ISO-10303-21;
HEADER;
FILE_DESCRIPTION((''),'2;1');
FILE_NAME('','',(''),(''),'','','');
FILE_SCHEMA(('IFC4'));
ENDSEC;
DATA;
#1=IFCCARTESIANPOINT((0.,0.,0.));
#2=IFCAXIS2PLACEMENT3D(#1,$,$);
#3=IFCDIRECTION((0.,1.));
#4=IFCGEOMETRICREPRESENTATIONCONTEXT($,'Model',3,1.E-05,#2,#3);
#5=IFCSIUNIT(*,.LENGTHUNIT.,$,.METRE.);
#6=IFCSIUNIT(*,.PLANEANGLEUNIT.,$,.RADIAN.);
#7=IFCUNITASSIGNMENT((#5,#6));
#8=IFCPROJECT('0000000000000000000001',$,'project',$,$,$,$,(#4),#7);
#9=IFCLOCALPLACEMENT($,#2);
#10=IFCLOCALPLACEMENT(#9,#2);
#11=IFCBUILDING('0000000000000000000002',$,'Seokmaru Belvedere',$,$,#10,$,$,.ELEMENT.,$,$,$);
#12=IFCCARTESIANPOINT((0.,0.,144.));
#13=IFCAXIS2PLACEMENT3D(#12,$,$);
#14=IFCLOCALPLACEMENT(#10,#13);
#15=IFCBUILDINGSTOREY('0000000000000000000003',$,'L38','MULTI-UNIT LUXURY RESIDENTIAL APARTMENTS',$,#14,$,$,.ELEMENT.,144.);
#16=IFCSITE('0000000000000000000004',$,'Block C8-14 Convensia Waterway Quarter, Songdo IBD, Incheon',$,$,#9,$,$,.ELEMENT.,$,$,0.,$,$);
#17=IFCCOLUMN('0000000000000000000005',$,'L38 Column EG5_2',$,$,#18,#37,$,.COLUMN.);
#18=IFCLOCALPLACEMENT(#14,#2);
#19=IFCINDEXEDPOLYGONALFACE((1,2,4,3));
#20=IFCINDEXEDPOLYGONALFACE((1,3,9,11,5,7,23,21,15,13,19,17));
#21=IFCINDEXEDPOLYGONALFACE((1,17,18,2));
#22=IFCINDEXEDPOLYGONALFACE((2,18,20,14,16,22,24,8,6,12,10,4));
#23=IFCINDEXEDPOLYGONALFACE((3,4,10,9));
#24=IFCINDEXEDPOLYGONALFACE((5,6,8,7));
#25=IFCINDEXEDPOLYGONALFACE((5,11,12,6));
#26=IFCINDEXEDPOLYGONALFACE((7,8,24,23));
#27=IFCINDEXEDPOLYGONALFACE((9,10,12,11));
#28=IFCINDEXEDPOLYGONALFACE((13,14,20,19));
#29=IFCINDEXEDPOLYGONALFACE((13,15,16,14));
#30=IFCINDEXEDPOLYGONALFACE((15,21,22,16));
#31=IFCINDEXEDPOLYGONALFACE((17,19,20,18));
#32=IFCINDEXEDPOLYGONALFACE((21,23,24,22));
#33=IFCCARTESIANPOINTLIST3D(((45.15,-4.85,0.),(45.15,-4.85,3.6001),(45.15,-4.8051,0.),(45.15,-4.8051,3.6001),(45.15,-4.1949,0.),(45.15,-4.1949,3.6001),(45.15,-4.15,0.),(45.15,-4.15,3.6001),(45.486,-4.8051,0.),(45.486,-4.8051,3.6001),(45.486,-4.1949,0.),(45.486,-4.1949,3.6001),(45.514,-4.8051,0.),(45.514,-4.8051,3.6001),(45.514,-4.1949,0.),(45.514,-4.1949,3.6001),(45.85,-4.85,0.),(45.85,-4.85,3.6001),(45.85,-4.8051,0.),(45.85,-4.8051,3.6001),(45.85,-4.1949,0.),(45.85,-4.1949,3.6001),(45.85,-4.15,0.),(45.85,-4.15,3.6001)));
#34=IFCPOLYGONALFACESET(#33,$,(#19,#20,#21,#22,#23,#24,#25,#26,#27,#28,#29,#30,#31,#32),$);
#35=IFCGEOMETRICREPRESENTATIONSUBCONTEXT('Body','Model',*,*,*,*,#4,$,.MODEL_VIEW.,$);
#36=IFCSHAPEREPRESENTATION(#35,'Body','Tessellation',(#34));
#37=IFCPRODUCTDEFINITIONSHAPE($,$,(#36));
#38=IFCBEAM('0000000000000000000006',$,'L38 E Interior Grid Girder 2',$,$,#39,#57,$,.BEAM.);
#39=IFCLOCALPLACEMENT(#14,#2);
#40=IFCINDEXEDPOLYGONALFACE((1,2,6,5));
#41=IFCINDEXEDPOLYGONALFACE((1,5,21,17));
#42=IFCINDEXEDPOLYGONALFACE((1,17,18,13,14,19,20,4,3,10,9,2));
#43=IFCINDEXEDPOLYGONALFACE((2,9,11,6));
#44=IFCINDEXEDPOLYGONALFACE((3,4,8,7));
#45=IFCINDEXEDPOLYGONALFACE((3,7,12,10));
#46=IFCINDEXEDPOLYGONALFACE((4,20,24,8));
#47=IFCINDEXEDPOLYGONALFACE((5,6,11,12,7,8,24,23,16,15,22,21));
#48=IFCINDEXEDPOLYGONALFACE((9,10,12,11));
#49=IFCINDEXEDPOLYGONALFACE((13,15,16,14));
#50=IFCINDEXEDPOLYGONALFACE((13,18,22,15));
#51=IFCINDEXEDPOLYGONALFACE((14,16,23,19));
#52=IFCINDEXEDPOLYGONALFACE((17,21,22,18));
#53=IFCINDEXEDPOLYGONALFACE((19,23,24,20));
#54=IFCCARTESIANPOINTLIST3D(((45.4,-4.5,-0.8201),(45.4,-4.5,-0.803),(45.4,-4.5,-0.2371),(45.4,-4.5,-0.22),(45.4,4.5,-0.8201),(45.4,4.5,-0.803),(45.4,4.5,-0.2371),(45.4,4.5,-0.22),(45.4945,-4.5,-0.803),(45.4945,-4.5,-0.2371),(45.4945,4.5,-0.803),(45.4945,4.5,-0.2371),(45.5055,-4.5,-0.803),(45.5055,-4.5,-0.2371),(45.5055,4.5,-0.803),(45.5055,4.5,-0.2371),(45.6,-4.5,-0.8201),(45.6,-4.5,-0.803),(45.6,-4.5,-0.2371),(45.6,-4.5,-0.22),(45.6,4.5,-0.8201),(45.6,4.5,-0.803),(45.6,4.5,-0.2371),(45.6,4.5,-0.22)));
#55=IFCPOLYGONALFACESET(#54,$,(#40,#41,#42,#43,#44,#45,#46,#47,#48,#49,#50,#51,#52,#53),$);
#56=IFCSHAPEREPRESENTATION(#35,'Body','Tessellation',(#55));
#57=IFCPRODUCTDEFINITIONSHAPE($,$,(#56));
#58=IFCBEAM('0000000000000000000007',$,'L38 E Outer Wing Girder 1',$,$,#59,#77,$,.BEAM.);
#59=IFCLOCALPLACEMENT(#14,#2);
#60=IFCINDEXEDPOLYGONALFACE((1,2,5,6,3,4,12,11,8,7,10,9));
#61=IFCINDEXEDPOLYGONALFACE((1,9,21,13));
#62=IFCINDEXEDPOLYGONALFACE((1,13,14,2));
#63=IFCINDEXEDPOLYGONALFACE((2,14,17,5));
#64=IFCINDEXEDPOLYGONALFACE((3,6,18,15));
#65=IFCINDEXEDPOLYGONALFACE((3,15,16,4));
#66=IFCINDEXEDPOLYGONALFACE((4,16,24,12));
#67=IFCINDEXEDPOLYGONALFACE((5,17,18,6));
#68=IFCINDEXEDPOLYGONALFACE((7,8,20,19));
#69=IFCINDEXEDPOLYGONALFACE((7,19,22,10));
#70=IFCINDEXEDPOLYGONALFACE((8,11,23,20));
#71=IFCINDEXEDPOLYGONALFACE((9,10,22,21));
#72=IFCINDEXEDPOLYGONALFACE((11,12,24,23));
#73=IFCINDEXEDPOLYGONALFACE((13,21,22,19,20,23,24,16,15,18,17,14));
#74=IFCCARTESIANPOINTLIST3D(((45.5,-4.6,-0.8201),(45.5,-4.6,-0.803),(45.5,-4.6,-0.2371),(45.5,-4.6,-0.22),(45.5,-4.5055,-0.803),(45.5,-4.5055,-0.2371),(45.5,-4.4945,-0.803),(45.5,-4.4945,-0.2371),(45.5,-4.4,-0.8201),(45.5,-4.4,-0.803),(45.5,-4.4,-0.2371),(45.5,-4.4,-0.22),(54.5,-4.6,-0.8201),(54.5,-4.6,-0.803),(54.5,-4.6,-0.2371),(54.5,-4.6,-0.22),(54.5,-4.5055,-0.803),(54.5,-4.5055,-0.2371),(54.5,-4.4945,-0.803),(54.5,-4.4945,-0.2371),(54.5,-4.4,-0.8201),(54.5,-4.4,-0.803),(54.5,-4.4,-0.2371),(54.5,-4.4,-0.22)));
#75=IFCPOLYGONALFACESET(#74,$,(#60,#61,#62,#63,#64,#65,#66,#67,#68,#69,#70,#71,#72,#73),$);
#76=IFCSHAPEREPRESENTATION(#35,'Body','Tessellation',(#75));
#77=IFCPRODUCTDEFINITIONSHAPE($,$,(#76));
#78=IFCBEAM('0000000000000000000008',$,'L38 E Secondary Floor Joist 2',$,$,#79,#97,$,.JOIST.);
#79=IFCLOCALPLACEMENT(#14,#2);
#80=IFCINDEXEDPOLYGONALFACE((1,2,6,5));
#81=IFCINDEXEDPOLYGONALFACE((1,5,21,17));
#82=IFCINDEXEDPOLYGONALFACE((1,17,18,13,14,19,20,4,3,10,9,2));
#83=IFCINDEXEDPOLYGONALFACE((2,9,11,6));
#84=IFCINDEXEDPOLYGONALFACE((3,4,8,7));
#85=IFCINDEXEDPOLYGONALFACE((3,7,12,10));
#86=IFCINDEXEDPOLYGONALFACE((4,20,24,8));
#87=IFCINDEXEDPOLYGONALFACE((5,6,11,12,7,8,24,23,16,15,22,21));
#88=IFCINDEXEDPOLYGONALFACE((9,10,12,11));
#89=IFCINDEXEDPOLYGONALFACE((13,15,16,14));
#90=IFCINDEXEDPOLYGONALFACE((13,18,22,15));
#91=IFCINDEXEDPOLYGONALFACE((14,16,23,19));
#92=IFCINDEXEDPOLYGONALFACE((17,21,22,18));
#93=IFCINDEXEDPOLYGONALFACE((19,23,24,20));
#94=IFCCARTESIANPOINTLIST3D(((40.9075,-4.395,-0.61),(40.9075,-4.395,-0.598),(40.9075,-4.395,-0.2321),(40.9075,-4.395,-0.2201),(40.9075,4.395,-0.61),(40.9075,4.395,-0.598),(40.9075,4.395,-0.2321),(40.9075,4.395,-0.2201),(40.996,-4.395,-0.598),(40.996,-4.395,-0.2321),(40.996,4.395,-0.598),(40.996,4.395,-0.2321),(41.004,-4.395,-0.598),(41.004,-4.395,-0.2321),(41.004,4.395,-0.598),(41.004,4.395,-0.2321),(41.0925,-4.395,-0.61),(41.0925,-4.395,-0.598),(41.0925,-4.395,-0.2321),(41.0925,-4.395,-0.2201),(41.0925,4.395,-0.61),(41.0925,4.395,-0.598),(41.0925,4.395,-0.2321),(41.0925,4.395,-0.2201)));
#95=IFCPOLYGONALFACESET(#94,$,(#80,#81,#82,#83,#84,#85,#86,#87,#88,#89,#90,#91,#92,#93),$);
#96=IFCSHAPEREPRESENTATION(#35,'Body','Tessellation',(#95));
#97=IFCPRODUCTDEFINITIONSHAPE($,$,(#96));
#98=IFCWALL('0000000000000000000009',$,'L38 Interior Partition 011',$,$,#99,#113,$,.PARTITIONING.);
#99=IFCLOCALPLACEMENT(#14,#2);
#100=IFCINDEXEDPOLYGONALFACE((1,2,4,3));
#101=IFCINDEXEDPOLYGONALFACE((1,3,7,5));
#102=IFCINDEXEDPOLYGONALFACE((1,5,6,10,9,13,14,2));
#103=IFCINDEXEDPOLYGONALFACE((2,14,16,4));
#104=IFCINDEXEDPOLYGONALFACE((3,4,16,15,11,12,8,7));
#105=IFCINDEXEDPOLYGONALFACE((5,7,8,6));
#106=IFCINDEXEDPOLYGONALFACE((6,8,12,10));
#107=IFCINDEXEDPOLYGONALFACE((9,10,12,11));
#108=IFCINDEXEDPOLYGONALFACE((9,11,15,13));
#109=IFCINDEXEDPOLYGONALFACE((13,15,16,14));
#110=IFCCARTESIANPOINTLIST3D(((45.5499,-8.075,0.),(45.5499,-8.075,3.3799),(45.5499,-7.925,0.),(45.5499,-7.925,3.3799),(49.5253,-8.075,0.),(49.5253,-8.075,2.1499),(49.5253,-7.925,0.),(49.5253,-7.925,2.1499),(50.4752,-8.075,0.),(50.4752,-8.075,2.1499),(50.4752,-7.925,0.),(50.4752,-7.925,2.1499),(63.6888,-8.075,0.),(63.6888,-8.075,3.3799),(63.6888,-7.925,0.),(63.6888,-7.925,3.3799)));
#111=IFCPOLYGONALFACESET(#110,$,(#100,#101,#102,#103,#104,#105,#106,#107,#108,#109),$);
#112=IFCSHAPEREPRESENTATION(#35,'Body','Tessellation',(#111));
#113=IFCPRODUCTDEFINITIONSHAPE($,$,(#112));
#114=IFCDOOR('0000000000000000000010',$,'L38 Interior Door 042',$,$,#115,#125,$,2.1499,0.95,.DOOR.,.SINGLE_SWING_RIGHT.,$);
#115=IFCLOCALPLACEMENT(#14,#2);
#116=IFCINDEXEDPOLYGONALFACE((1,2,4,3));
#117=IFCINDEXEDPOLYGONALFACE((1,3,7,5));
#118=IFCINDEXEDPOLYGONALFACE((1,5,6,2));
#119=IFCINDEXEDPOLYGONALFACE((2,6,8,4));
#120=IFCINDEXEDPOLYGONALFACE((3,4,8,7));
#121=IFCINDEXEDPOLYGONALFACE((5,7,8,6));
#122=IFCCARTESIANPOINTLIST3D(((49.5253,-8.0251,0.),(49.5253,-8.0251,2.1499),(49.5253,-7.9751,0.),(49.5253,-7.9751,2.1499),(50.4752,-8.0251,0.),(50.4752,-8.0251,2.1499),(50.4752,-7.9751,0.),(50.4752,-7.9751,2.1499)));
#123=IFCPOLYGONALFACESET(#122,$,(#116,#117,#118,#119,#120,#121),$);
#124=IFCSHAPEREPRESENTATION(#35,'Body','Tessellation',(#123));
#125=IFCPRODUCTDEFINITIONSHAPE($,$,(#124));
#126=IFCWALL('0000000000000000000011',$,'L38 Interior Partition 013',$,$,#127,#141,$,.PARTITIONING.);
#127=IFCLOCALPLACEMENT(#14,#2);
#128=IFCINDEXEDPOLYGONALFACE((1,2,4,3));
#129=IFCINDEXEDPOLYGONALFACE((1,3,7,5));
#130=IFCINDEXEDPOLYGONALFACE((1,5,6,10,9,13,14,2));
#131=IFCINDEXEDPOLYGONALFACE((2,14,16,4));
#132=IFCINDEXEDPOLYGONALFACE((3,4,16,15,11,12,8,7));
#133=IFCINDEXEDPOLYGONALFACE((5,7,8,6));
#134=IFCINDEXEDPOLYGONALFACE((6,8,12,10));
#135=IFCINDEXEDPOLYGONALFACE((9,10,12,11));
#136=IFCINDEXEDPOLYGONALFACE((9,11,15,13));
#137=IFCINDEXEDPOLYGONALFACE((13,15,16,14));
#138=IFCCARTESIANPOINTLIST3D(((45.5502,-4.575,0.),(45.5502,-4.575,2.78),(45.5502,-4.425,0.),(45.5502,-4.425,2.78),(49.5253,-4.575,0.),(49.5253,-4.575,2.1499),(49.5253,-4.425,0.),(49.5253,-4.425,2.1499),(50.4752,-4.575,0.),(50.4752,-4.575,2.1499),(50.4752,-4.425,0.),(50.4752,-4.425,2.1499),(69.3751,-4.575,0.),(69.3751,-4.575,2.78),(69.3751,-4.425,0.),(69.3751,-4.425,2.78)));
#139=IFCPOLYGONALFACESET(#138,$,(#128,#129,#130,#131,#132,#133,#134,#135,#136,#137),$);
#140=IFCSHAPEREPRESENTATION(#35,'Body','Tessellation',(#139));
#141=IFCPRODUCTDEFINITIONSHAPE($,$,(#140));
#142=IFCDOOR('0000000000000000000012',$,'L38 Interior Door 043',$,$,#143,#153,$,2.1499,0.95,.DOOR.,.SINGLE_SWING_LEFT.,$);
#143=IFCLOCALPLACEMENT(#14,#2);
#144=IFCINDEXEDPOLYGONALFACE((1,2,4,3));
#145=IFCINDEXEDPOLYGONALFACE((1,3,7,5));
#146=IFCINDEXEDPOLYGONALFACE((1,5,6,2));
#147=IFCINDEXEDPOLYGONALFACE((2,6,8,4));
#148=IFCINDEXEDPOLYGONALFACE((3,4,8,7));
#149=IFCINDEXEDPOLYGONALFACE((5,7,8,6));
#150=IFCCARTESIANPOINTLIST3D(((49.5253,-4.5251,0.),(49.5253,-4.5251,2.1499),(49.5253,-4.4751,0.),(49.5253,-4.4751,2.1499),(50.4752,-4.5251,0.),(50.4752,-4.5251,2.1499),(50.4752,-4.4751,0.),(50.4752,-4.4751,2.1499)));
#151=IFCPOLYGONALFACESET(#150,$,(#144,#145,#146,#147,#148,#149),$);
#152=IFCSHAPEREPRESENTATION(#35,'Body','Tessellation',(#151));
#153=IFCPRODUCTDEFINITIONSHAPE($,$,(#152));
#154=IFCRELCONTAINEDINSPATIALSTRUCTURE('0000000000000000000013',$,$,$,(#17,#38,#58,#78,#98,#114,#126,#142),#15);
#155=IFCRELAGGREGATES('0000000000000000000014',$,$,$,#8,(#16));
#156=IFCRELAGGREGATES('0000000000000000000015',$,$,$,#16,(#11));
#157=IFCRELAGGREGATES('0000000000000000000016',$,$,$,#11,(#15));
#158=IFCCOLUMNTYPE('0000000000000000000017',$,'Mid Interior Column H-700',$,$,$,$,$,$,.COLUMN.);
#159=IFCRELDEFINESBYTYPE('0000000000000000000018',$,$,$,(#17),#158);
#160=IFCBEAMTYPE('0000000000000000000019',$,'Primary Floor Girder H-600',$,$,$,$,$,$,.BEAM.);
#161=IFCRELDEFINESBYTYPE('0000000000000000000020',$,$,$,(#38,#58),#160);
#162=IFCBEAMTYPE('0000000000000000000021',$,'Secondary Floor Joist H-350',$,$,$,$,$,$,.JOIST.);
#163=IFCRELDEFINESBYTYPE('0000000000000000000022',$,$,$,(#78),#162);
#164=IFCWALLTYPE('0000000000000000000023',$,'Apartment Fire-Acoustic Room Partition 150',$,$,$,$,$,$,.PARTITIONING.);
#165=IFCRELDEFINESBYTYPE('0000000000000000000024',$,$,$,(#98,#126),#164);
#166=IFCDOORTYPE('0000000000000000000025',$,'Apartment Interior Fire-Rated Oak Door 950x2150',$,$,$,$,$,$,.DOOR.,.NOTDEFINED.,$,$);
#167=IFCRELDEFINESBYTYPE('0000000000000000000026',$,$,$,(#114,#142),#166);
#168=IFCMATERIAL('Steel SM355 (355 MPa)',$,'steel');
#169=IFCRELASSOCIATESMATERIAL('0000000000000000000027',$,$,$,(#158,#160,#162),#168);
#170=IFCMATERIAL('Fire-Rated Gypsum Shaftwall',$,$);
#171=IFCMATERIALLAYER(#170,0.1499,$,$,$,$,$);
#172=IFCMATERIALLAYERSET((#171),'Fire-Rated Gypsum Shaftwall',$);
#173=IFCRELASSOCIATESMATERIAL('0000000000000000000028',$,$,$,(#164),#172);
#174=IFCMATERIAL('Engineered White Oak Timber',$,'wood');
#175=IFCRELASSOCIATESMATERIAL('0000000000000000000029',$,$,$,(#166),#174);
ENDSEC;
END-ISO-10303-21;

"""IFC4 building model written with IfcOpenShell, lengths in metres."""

from ifc_helpers import new_model, si_unit, direction, frame, frame_2d, origin, origin_2d, place, context, subcontext, project, spatial, rectangle, i_section, extrude, source, transform, mapped, material, layer, layer_set, material_profile, profile_set, type_object, type_shapes, element, fill, save


model = new_model("IFC4")

# Units and contexts
model_context = context("Model", 3, precision=1e-05, world=origin(), true_north=direction((0.0, 1.0)))
body_context = subcontext(model_context, "Body", "Model", "MODEL_VIEW")
ifc_project = project(units=[si_unit("LENGTHUNIT", "METRE"), si_unit("PLANEANGLEUNIT", "RADIAN")], contexts=[model_context])

# Site, building, storey
site_placement = place(None, origin())
site = spatial("IfcSite", under=ifc_project, at=site_placement, Name="Block C8-14 Convensia Waterway Quarter, Songdo IBD, Incheon", CompositionType="ELEMENT", RefElevation=0.0)
building_placement = place(site_placement, origin())
building = spatial("IfcBuilding", under=site, at=building_placement, Name="Seokmaru Belvedere", CompositionType="ELEMENT")
storey_placement = place(building_placement, frame((0.0, 0.0, 144.0)))
storey = spatial("IfcBuildingStorey", under=building, at=storey_placement, Name="L38", Description="MULTI-UNIT LUXURY RESIDENTIAL APARTMENTS", CompositionType="ELEMENT", Elevation=144.0)

# Column
ifc_material_1 = material(Name="Steel SM355 (355 MPa)", Category="steel")
ifc_material_profile_1 = material_profile(ifc_material_1, i_section(OverallWidth=0.7, OverallDepth=0.7, WebThickness=0.0281, FlangeThickness=0.0449, at=origin_2d()), Name="H-700x700x28x45")
ifc_profile_set_1 = profile_set([ifc_material_profile_1], Name="Steel SM355 (355 MPa)")
column_type = type_object("IfcColumnType", Name="Mid Interior Column H-700", PredefinedType="COLUMN", material=ifc_profile_set_1)
shared_shape_1 = source(origin(), body_context, "Body", "SweptSolid", [
    extrude(i_section(OverallWidth=0.7, OverallDepth=0.7, WebThickness=0.0281, FlangeThickness=0.0449, at=origin_2d()), origin(), (0.0, 0.0, 1.0), 3.6001),
])
type_shapes(column_type, [shared_shape_1])
column_placement = place(storey_placement, frame((45.5, -4.5, 0.0), z_axis=(0.0, 0.0, 1.0), x_axis=(1.0, 0.0, 0.0)))
element("IfcColumn", 1, at=column_placement, inside=storey, type_object=column_type, Name="L38 Column EG5_2", PredefinedType="COLUMN", context=body_context, shape_type="MappedRepresentation", body=[
    mapped(shared_shape_1, transform((0.0, 0.0, 0.0), scale=1.0)),
])

# Beams
ifc_material_profile_2 = material_profile(ifc_material_1, i_section(OverallWidth=0.2, OverallDepth=0.6001, WebThickness=0.011, FlangeThickness=0.0171, at=origin_2d()), Name="H-600x200x11x17")
ifc_profile_set_2 = profile_set([ifc_material_profile_2], Name="Steel SM355 (355 MPa)")
beam_type_1 = type_object("IfcBeamType", Name="Primary Floor Girder H-600", PredefinedType="BEAM", material=ifc_profile_set_2)
shared_shape_2 = source(origin(), body_context, "Body", "SweptSolid", [
    extrude(i_section(OverallWidth=0.2, OverallDepth=0.6001, WebThickness=0.011, FlangeThickness=0.0171, at=origin_2d()), origin(), (0.0, 0.0, 1.0), 9.0),
])
type_shapes(beam_type_1, [shared_shape_2])
for number, where, z_axis, x_axis, name in (
    (2, (45.5, -4.5, -0.52), (0.0, 1.0, 0.0), (-1.0, 0.0, 0.0), "L38 E Interior Grid Girder 2"),
    (3, (45.5, -4.5, -0.52), (1.0, 0.0, 0.0), (0.0, 1.0, 0.0), "L38 E Outer Wing Girder 1"),
):
    element("IfcBeam", number, at=place(storey_placement, frame(where, z_axis=z_axis, x_axis=x_axis)), inside=storey, type_object=beam_type_1, Name=name, PredefinedType="BEAM", context=body_context, shape_type="MappedRepresentation", body=[
        mapped(shared_shape_2, transform((0.0, 0.0, 0.0), scale=1.0)),
    ])
ifc_material_profile_3 = material_profile(ifc_material_1, i_section(OverallWidth=0.1851, OverallDepth=0.3899, WebThickness=0.0081, FlangeThickness=0.012, at=origin_2d()), Name="H-390x185x8x12")
ifc_profile_set_3 = profile_set([ifc_material_profile_3], Name="Steel SM355 (355 MPa)")
beam_type_2 = type_object("IfcBeamType", Name="Secondary Floor Joist H-350", PredefinedType="JOIST", material=ifc_profile_set_3)
shared_shape_3 = source(origin(), body_context, "Body", "SweptSolid", [
    extrude(i_section(OverallWidth=0.1851, OverallDepth=0.3899, WebThickness=0.0081, FlangeThickness=0.012, at=origin_2d()), origin(), (0.0, 0.0, 1.0), 8.79),
])
type_shapes(beam_type_2, [shared_shape_3])
beam_placement = place(storey_placement, frame((41.0, -4.395, -0.415), z_axis=(0.0, 1.0, 0.0), x_axis=(-1.0, 0.0, 0.0)))
element("IfcBeam", 4, at=beam_placement, inside=storey, type_object=beam_type_2, Name="L38 E Secondary Floor Joist 2", PredefinedType="JOIST", context=body_context, shape_type="MappedRepresentation", body=[
    mapped(shared_shape_3, transform((0.0, 0.0, 0.0), scale=1.0)),
])

# Walls, openings, doors
ifc_material_2 = material(Name="Fire-Rated Gypsum Shaftwall")
ifc_layer_1 = layer(ifc_material_2, 0.1499)
ifc_layer_set_1 = layer_set([ifc_layer_1], Name="Fire-Rated Gypsum Shaftwall")
wall_type_1 = type_object("IfcWallType", Name="Apartment Fire-Acoustic Room Partition 150", PredefinedType="PARTITIONING", material=ifc_layer_set_1)
wall_1_placement = place(storey_placement, frame((45.55, -8.0, 0.0), z_axis=(0.0, 0.0, 1.0), x_axis=(1.0, 0.0, 0.0)))
wall_1 = element("IfcWall", 5, at=wall_1_placement, inside=storey, type_object=wall_type_1, Name="L38 Interior Partition 011", PredefinedType="PARTITIONING", context=body_context, shape_type="SweptSolid", body=[
    extrude(rectangle(XDim=18.1389, YDim=0.1499, at=frame_2d((9.0693, 0.0))), origin(), (0.0, 0.0, 1.0), 3.3799),
])
opening_1_placement = place(wall_1_placement, frame((3.9751, 0.0, 0.0)))
opening_1 = element("IfcOpeningElement", 6, at=opening_1_placement, cuts=wall_1, PredefinedType="OPENING", context=body_context, shape_type="SweptSolid", body=[
    extrude(rectangle(XDim=0.95, YDim=2.1499, at=frame_2d((0.4751, 1.075))), frame((0.0, 0.085, 0.0), z_axis=(0.0, -1.0, 0.0), x_axis=(1.0, 0.0, 0.0)), (0.0, 0.0, 1.0), 0.1699),
])
ifc_material_3 = material(Name="Engineered White Oak Timber", Category="wood")
door_type_1 = type_object("IfcDoorType", Name="Apartment Interior Fire-Rated Oak Door 950x2150", OperationType="NOTDEFINED", PredefinedType="DOOR", material=ifc_material_3)
shared_shape_4 = source(origin(), body_context, "Body", "SweptSolid", [
    extrude(rectangle(XDim=0.95, YDim=2.1499, at=frame_2d((0.4751, 1.075))), frame((0.0, 0.0249, 0.0), z_axis=(0.0, -1.0, 0.0), x_axis=(1.0, 0.0, 0.0)), (0.0, 0.0, 1.0), 0.05),
])
type_shapes(door_type_1, [shared_shape_4])
door_1_placement = place(opening_1_placement, origin())
door_1 = element("IfcDoor", 7, at=door_1_placement, inside=storey, type_object=door_type_1, Name="L38 Interior Door 042", OperationType="SINGLE_SWING_RIGHT", OverallHeight=2.1499, OverallWidth=0.95, PredefinedType="DOOR", context=body_context, shape_type="MappedRepresentation", body=[
    mapped(shared_shape_4, transform((0.0, 0.0, 0.0), scale=1.0)),
])
fill(opening_1, door_1)
wall_2_placement = place(storey_placement, frame((45.55, -4.5, 0.0), z_axis=(0.0, 0.0, 1.0), x_axis=(1.0, 0.0, 0.0)))
wall_2 = element("IfcWall", 8, at=wall_2_placement, inside=storey, type_object=wall_type_1, Name="L38 Interior Partition 013", PredefinedType="PARTITIONING", context=body_context, shape_type="SweptSolid", body=[
    extrude(rectangle(XDim=23.825, YDim=0.1499, at=frame_2d((11.9126, 0.0))), origin(), (0.0, 0.0, 1.0), 2.78),
])
opening_2_placement = place(wall_2_placement, frame((3.9751, 0.0, 0.0)))
opening_2 = element("IfcOpeningElement", 9, at=opening_2_placement, cuts=wall_2, PredefinedType="OPENING", context=body_context, shape_type="SweptSolid", body=[
    extrude(rectangle(XDim=0.95, YDim=2.1499, at=frame_2d((0.4751, 1.075))), frame((0.0, 0.085, 0.0), z_axis=(0.0, -1.0, 0.0), x_axis=(1.0, 0.0, 0.0)), (0.0, 0.0, 1.0), 0.1699),
])
door_2_placement = place(opening_2_placement, origin())
door_2 = element("IfcDoor", 10, at=door_2_placement, inside=storey, type_object=door_type_1, Name="L38 Interior Door 043", OperationType="SINGLE_SWING_LEFT", OverallHeight=2.1499, OverallWidth=0.95, PredefinedType="DOOR", context=body_context, shape_type="MappedRepresentation", body=[
    mapped(shared_shape_4, transform((0.0, 0.0, 0.0), scale=1.0)),
])
fill(opening_2, door_2)

save(model, "model.ifc")
